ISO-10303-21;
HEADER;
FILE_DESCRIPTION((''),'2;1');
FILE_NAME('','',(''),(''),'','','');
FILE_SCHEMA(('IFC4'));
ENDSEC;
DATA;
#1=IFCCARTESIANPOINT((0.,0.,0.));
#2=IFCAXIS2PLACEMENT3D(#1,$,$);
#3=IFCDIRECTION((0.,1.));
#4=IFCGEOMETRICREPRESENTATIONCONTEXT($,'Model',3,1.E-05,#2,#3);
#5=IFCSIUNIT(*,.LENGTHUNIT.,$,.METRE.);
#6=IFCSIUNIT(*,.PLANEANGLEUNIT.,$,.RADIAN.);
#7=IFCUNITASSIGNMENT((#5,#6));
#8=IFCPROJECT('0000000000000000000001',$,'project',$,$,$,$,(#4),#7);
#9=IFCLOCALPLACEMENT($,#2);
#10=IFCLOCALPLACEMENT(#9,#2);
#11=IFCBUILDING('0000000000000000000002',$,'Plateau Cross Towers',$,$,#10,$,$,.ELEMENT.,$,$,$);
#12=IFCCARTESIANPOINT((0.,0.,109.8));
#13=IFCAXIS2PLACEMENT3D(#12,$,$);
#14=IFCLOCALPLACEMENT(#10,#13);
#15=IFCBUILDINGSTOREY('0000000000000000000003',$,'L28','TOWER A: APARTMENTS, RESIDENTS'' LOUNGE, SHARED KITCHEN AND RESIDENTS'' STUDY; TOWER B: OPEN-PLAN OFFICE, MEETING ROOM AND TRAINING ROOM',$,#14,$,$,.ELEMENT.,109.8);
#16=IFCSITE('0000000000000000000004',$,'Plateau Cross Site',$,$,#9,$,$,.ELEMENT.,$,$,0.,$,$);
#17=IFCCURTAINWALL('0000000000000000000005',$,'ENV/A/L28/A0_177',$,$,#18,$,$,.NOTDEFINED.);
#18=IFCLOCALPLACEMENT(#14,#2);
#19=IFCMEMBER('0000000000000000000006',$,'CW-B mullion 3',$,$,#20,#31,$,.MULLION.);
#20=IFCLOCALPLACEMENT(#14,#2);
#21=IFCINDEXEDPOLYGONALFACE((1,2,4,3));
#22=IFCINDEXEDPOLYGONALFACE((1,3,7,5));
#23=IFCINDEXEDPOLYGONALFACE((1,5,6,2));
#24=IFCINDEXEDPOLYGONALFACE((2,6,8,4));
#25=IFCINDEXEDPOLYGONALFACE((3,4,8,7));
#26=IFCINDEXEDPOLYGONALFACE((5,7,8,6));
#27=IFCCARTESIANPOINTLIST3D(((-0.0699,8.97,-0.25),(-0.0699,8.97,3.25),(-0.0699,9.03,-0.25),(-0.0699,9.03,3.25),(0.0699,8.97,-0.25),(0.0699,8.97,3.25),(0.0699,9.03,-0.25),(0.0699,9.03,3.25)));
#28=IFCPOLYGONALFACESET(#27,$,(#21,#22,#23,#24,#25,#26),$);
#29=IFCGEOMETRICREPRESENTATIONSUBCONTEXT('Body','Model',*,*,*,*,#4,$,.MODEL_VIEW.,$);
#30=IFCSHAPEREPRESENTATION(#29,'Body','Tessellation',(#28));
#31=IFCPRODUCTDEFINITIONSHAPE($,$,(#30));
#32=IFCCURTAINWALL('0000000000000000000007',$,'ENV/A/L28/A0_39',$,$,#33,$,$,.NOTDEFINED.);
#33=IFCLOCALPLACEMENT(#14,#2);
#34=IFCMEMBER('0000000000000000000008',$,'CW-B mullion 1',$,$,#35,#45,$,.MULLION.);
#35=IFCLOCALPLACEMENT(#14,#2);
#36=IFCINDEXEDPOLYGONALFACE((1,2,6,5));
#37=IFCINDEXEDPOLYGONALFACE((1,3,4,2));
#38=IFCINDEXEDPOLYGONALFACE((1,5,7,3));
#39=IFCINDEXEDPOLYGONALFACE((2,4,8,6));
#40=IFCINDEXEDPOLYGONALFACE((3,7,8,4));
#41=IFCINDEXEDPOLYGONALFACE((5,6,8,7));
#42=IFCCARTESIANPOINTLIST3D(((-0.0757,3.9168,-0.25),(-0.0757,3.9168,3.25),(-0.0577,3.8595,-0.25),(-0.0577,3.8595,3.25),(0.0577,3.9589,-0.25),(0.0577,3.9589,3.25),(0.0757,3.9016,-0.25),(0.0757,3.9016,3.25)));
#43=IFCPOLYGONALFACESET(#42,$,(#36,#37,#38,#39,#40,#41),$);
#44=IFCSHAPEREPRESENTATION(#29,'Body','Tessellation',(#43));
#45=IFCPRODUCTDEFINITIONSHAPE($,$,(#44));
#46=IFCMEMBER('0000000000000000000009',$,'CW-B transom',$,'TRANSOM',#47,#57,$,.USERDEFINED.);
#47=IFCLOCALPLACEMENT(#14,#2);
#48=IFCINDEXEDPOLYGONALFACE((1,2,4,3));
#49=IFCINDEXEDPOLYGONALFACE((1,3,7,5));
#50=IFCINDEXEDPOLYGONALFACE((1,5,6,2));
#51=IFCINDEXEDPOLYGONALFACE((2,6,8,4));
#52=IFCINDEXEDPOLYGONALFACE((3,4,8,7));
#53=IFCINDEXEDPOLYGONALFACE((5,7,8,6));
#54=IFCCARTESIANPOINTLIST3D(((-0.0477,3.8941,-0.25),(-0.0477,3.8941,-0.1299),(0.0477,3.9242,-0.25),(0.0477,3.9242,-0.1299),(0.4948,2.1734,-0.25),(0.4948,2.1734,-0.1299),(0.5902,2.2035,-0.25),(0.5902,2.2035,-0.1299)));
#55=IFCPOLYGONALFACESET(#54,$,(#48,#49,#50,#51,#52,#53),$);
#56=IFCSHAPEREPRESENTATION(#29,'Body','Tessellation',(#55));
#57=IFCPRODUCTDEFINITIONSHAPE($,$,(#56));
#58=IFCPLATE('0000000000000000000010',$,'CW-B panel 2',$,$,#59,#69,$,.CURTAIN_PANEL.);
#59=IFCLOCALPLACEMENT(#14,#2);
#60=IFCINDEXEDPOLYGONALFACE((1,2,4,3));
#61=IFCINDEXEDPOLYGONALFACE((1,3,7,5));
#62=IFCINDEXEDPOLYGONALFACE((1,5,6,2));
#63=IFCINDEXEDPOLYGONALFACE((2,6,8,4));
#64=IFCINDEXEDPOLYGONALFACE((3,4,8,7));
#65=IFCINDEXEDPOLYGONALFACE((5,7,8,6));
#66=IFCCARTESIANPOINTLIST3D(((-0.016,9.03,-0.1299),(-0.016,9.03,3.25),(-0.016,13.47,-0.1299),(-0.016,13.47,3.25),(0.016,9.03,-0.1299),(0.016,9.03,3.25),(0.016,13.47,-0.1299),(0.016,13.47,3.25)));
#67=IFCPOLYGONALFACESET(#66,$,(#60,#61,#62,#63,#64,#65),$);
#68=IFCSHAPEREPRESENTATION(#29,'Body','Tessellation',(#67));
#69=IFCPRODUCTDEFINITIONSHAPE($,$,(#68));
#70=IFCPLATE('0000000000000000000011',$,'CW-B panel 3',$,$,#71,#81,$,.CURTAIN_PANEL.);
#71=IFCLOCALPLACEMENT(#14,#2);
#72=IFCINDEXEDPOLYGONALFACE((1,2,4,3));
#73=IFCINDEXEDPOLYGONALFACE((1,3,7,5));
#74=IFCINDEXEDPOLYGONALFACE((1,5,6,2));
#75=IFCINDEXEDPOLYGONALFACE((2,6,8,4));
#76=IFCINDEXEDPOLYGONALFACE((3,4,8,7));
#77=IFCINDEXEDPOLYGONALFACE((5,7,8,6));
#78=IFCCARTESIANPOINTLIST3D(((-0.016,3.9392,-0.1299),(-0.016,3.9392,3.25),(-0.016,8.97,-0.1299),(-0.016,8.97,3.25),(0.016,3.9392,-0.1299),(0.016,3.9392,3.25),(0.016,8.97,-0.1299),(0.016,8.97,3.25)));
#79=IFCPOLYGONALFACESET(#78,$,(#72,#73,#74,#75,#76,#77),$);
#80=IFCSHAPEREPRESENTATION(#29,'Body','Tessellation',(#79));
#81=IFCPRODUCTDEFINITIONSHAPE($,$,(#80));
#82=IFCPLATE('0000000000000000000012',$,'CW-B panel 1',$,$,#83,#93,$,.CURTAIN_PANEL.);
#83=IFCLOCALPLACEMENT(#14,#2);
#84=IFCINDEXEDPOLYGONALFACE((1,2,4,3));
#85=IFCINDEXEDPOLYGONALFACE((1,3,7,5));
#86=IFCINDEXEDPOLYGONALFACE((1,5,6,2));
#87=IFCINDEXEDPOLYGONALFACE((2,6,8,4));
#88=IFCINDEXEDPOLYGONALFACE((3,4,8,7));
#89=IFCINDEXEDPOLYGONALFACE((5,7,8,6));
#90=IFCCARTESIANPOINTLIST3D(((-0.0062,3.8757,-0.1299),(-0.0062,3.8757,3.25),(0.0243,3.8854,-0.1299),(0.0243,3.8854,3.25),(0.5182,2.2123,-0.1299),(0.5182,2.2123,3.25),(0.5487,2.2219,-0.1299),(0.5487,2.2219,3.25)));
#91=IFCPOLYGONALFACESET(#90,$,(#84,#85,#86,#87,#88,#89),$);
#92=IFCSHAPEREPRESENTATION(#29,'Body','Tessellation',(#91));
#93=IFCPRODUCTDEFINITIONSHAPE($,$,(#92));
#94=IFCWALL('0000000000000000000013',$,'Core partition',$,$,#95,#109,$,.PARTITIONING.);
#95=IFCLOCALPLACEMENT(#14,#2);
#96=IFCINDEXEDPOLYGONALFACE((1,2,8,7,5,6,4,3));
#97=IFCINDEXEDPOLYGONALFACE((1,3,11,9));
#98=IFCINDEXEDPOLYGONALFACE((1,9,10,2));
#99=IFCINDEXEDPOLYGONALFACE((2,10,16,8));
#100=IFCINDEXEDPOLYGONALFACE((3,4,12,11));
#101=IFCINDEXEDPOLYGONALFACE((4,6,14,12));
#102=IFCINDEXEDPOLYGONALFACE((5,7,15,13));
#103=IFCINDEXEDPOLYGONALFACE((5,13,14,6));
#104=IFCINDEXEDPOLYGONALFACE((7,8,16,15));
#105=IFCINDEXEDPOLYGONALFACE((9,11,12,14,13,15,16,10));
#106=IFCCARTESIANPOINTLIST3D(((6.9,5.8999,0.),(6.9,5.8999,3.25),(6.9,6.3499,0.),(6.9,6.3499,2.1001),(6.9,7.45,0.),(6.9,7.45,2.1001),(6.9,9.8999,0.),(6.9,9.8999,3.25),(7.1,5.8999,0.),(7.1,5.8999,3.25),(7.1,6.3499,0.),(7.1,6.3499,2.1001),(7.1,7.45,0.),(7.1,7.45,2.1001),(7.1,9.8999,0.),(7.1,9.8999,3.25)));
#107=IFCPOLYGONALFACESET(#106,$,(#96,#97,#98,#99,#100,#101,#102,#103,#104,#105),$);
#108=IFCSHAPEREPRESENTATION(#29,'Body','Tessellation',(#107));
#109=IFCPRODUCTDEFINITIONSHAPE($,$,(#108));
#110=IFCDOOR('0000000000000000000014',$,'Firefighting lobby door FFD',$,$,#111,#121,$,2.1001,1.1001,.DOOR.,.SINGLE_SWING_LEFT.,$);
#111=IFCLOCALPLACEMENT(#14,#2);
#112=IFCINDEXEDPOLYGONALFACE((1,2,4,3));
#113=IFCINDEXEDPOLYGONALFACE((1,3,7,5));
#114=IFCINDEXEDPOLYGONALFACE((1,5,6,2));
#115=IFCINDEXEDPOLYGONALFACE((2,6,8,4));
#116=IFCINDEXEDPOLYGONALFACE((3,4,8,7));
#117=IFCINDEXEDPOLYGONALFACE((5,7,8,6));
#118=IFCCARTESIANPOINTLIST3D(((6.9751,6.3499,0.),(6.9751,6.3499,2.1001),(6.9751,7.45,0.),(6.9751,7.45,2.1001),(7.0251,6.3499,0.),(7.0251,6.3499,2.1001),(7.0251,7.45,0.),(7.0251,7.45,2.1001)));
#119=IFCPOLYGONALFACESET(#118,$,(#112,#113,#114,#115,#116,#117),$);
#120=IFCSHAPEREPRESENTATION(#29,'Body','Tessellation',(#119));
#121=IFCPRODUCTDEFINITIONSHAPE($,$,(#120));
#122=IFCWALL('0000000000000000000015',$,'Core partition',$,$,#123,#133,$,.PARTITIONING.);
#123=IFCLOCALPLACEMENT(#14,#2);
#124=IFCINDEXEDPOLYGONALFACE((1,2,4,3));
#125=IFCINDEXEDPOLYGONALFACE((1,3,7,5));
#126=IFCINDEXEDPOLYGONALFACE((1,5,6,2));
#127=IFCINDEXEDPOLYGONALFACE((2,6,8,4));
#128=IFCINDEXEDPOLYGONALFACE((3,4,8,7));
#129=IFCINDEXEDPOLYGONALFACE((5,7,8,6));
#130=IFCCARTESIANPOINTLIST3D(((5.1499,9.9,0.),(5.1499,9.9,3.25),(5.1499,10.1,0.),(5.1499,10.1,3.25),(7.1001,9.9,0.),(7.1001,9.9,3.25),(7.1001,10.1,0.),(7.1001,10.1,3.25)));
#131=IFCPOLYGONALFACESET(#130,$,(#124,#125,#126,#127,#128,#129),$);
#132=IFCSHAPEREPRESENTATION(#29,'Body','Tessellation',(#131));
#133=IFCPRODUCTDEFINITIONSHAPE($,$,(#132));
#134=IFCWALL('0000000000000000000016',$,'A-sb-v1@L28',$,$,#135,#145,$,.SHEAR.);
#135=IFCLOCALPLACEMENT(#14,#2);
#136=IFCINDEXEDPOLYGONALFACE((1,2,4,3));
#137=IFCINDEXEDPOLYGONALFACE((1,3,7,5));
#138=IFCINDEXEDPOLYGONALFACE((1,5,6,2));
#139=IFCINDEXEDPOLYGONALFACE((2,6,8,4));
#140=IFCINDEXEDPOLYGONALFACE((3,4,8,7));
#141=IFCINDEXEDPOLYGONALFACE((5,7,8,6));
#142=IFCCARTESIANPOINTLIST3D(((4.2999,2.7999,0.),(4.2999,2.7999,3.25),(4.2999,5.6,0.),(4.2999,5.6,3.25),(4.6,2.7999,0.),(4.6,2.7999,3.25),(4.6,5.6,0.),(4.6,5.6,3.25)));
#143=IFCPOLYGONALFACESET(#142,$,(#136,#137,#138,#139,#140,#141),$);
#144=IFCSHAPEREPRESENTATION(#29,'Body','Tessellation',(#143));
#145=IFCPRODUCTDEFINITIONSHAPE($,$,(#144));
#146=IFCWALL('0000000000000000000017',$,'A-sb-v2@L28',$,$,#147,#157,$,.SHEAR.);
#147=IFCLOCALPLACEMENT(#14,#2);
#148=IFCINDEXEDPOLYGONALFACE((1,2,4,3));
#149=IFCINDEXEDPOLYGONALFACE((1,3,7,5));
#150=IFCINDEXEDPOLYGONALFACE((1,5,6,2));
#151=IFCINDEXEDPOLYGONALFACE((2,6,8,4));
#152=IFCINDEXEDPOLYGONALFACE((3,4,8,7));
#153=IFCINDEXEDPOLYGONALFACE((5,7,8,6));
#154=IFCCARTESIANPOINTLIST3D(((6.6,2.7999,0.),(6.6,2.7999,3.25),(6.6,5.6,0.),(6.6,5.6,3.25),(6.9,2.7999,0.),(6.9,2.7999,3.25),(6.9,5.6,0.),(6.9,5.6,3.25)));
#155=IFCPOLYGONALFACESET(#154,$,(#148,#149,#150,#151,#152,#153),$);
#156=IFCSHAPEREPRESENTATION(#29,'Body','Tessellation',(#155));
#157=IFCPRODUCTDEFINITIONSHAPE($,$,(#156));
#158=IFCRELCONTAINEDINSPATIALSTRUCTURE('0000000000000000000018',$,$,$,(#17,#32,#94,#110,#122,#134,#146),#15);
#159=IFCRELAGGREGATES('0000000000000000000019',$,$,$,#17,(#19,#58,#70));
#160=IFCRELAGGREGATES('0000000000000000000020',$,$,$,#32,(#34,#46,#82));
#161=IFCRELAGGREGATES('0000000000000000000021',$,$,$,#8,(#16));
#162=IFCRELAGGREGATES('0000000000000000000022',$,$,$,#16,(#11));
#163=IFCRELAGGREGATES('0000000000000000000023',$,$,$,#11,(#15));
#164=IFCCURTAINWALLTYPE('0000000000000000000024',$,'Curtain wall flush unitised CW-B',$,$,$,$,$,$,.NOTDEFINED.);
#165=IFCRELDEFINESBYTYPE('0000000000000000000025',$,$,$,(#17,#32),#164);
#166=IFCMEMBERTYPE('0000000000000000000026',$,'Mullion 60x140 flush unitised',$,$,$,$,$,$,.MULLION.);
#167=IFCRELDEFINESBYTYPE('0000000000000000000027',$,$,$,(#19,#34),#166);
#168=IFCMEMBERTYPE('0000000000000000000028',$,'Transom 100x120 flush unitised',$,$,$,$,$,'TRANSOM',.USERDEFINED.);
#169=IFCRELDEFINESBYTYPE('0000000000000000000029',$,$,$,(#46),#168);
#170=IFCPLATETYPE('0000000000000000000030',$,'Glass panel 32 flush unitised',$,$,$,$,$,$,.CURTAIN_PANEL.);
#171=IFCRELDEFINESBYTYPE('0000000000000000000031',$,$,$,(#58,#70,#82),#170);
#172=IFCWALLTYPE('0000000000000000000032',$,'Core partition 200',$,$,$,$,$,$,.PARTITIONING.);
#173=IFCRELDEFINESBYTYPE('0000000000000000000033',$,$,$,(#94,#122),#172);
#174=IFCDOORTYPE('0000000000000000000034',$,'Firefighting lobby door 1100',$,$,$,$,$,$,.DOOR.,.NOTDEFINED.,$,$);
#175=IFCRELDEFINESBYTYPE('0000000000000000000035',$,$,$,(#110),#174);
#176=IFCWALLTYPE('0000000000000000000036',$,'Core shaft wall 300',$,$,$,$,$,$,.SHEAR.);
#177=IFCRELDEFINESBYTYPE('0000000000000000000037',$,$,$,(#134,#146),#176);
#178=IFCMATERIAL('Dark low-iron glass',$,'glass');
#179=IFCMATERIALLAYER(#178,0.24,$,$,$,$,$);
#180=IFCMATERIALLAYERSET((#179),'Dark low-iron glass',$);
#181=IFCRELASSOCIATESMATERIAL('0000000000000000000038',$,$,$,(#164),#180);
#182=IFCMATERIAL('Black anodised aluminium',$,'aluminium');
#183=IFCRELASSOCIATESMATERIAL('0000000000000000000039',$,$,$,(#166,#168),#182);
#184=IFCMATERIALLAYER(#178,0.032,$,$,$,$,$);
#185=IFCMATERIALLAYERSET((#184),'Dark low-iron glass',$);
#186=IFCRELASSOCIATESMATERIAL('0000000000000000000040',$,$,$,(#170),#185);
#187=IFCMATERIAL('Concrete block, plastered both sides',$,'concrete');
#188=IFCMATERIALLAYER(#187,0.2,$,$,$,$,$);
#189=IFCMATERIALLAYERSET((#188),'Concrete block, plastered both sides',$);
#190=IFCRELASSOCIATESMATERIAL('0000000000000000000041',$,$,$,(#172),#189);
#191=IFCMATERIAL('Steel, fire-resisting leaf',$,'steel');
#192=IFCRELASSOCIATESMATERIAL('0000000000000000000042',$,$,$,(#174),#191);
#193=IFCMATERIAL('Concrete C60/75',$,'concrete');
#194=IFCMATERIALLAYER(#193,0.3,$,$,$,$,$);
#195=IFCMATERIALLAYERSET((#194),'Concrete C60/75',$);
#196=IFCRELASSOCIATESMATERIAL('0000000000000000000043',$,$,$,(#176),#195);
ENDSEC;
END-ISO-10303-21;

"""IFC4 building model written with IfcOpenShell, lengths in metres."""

from ifc_helpers import new_model, si_unit, direction, frame, frame_2d, origin, origin_2d, place, context, subcontext, project, spatial, rectangle, extrude, material, layer, layer_set, material_profile, profile_set, type_object, element, fill, aggregate, save


model = new_model("IFC4")

# Units and contexts
model_context = context("Model", 3, precision=1e-05, world=origin(), true_north=direction((0.0, 1.0)))
body_context = subcontext(model_context, "Body", "Model", "MODEL_VIEW")
ifc_project = project(units=[si_unit("LENGTHUNIT", "METRE"), si_unit("PLANEANGLEUNIT", "RADIAN")], contexts=[model_context])

# Site, building, storey
site_placement = place(None, origin())
site = spatial("IfcSite", under=ifc_project, at=site_placement, Name="Plateau Cross Site", CompositionType="ELEMENT", RefElevation=0.0)
building_placement = place(site_placement, origin())
building = spatial("IfcBuilding", under=site, at=building_placement, Name="Plateau Cross Towers", CompositionType="ELEMENT")
storey_placement = place(building_placement, frame((0.0, 0.0, 109.8)))
storey = spatial("IfcBuildingStorey", under=building, at=storey_placement, Name="L28", Description="TOWER A: APARTMENTS, RESIDENTS' LOUNGE, SHARED KITCHEN AND RESIDENTS' STUDY; TOWER B: OPEN-PLAN OFFICE, MEETING ROOM AND TRAINING ROOM", CompositionType="ELEMENT", Elevation=109.8)

# Curtain wall, member
ifc_material_1 = material(Name="Dark low-iron glass", Category="glass")
ifc_layer_1 = layer(ifc_material_1, 0.24)
ifc_layer_set_1 = layer_set([ifc_layer_1], Name="Dark low-iron glass")
curtain_wall_type = type_object("IfcCurtainWallType", Name="Curtain wall flush unitised CW-B", PredefinedType="NOTDEFINED", material=ifc_layer_set_1)
curtain_wall_1_placement = place(storey_placement, origin())
curtain_wall_1 = element("IfcCurtainWall", 1, at=curtain_wall_1_placement, inside=storey, type_object=curtain_wall_type, Name="ENV/A/L28/A0_177", PredefinedType="NOTDEFINED")
ifc_material_2 = material(Name="Black anodised aluminium", Category="aluminium")
ifc_material_profile_1 = material_profile(ifc_material_2, rectangle(XDim=0.0601, YDim=0.1399, at=origin_2d()), Name="MULLION 60x140")
ifc_profile_set_1 = profile_set([ifc_material_profile_1], Name="Black anodised aluminium")
member_type_1 = type_object("IfcMemberType", Name="Mullion 60x140 flush unitised", PredefinedType="MULLION", material=ifc_profile_set_1)
member_1_placement = place(storey_placement, frame((0.0, 9.0, -0.25), z_axis=(0.0, 0.0, 1.0), x_axis=(0.0, -1.0, 0.0)))
member_1 = element("IfcMember", 2, at=member_1_placement, type_object=member_type_1, Name="CW-B mullion 3", PredefinedType="MULLION", context=body_context, shape_type="SweptSolid", body=[
    extrude(rectangle(XDim=0.0601, YDim=0.1399, at=origin_2d()), origin(), (0.0, 0.0, 1.0), 3.5),
])

# Curtain wall, members
curtain_wall_2_placement = place(storey_placement, origin())
curtain_wall_2 = element("IfcCurtainWall", 3, at=curtain_wall_2_placement, inside=storey, type_object=curtain_wall_type, Name="ENV/A/L28/A0_39", PredefinedType="NOTDEFINED")
member_2_placement = place(storey_placement, frame((0.0, 3.9092, -0.25), z_axis=(0.0, 0.0, 1.0), x_axis=(0.300686, -0.953723, 0.0)))
member_2 = element("IfcMember", 4, at=member_2_placement, type_object=member_type_1, Name="CW-B mullion 1", PredefinedType="MULLION", context=body_context, shape_type="SweptSolid", body=[
    extrude(rectangle(XDim=0.0601, YDim=0.1399, at=origin_2d()), origin(), (0.0, 0.0, 1.0), 3.5),
])
ifc_material_profile_2 = material_profile(ifc_material_2, rectangle(XDim=0.1001, YDim=0.1201, at=origin_2d()), Name="TRANSOM 100x120")
ifc_profile_set_2 = profile_set([ifc_material_profile_2], Name="Black anodised aluminium")
member_type_2 = type_object("IfcMemberType", Name="Transom 100x120 flush unitised", ElementType="TRANSOM", PredefinedType="USERDEFINED", material=ifc_profile_set_2)
member_3_placement = place(storey_placement, frame((0.0, 3.9092, -0.1899), z_axis=(0.300678, -0.953726, 0.0), x_axis=(0.953726, 0.300678, 0.0)))
member_3 = element("IfcMember", 5, at=member_3_placement, type_object=member_type_2, Name="CW-B transom", ObjectType="TRANSOM", PredefinedType="USERDEFINED", context=body_context, shape_type="SweptSolid", body=[
    extrude(rectangle(XDim=0.1001, YDim=0.1201, at=origin_2d()), origin(), (0.0, 0.0, 1.0), 1.8042),
])

# Plates
ifc_layer_2 = layer(ifc_material_1, 0.032)
ifc_layer_set_2 = layer_set([ifc_layer_2], Name="Dark low-iron glass")
plate_type = type_object("IfcPlateType", Name="Glass panel 32 flush unitised", PredefinedType="CURTAIN_PANEL", material=ifc_layer_set_2)
plate_1_placement = place(storey_placement, frame((0.0, 11.25, -0.1299), z_axis=(0.0, 0.0, 1.0), x_axis=(0.0, -1.0, 0.0)))
plate_1 = element("IfcPlate", 6, at=plate_1_placement, type_object=plate_type, Name="CW-B panel 2", PredefinedType="CURTAIN_PANEL", context=body_context, shape_type="SweptSolid", body=[
    extrude(rectangle(XDim=4.4399, YDim=0.032, at=origin_2d()), origin(), (0.0, 0.0, 1.0), 3.3799),
])
plate_2_placement = place(storey_placement, frame((0.0, 6.4546, -0.1299), z_axis=(0.0, 0.0, 1.0), x_axis=(0.0, -1.0, 0.0)))
plate_2 = element("IfcPlate", 7, at=plate_2_placement, type_object=plate_type, Name="CW-B panel 3", PredefinedType="CURTAIN_PANEL", context=body_context, shape_type="SweptSolid", body=[
    extrude(rectangle(XDim=5.0308, YDim=0.032, at=origin_2d()), origin(), (0.0, 0.0, 1.0), 3.3799),
])
aggregate(curtain_wall_1, [member_1, plate_1, plate_2])
plate_3_placement = place(storey_placement, frame((0.2712, 3.0488, -0.1299), z_axis=(0.0, 0.0, 1.0), x_axis=(0.300686, -0.953723, 0.0)))
plate_3 = element("IfcPlate", 8, at=plate_3_placement, type_object=plate_type, Name="CW-B panel 1", PredefinedType="CURTAIN_PANEL", context=body_context, shape_type="SweptSolid", body=[
    extrude(rectangle(XDim=1.7441, YDim=0.032, at=origin_2d()), origin(), (0.0, 0.0, 1.0), 3.3799),
])
aggregate(curtain_wall_2, [member_2, member_3, plate_3])

# Wall, opening, door
ifc_material_3 = material(Name="Concrete block, plastered both sides", Category="concrete")
ifc_layer_3 = layer(ifc_material_3, 0.2)
ifc_layer_set_3 = layer_set([ifc_layer_3], Name="Concrete block, plastered both sides")
wall_type_1 = type_object("IfcWallType", Name="Core partition 200", PredefinedType="PARTITIONING", material=ifc_layer_set_3)
wall_1_placement = place(storey_placement, frame((7.0, 5.8999, 0.0), z_axis=(0.0, 0.0, 1.0), x_axis=(0.0, 1.0, 0.0)))
wall_1 = element("IfcWall", 9, at=wall_1_placement, inside=storey, type_object=wall_type_1, Name="Core partition", PredefinedType="PARTITIONING", context=body_context, shape_type="SweptSolid", body=[
    extrude(rectangle(XDim=4.0, YDim=0.2, at=frame_2d((2.0, 0.0))), origin(), (0.0, 0.0, 1.0), 3.25),
])
opening_1_placement = place(wall_1_placement, frame((0.45, 0.0, 0.0)))
opening_1 = element("IfcOpeningElement", 10, at=opening_1_placement, cuts=wall_1, PredefinedType="OPENING", context=body_context, shape_type="SweptSolid", body=[
    extrude(rectangle(XDim=1.1001, YDim=2.1001, at=frame_2d((0.55, 1.05))), frame((0.0, 0.1099, 0.0), z_axis=(0.0, -1.0, 0.0), x_axis=(1.0, 0.0, 0.0)), (0.0, 0.0, 1.0), 0.22),
])
ifc_material_4 = material(Name="Steel, fire-resisting leaf", Category="steel")
door_type_1 = type_object("IfcDoorType", Name="Firefighting lobby door 1100", OperationType="NOTDEFINED", PredefinedType="DOOR", material=ifc_material_4)
door_1_placement = place(opening_1_placement, origin())
door_1 = element("IfcDoor", 11, at=door_1_placement, inside=storey, type_object=door_type_1, Name="Firefighting lobby door FFD", OperationType="SINGLE_SWING_LEFT", OverallHeight=2.1001, OverallWidth=1.1001, PredefinedType="DOOR", context=body_context, shape_type="SweptSolid", body=[
    extrude(rectangle(XDim=1.1001, YDim=2.1001, at=frame_2d((0.55, 1.05))), frame((0.0, 0.0249, 0.0), z_axis=(0.0, -1.0, 0.0), x_axis=(1.0, 0.0, 0.0)), (0.0, 0.0, 1.0), 0.05),
])
fill(opening_1, door_1)

# Walls
wall_2_placement = place(storey_placement, frame((5.1499, 10.0, 0.0), z_axis=(0.0, 0.0, 1.0), x_axis=(1.0, 0.0, 0.0)))
element("IfcWall", 12, at=wall_2_placement, inside=storey, type_object=wall_type_1, Name="Core partition", PredefinedType="PARTITIONING", context=body_context, shape_type="SweptSolid", body=[
    extrude(rectangle(XDim=1.9502, YDim=0.2, at=frame_2d((0.9751, 0.0))), origin(), (0.0, 0.0, 1.0), 3.25),
])
ifc_material_5 = material(Name="Concrete C60/75", Category="concrete")
ifc_layer_4 = layer(ifc_material_5, 0.3)
ifc_layer_set_4 = layer_set([ifc_layer_4], Name="Concrete C60/75")
wall_type_2 = type_object("IfcWallType", Name="Core shaft wall 300", PredefinedType="SHEAR", material=ifc_layer_set_4)
for number, where, z_axis, x_axis, name in (
    (13, (4.45, 2.8, 0.0), (0.0, 0.0, 1.0), (0.0, 1.0, 0.0), "A-sb-v1@L28"),
    (14, (6.75, 2.8, 0.0), (0.0, 0.0, 1.0), (0.0, 1.0, 0.0), "A-sb-v2@L28"),
):
    element("IfcWall", number, at=place(storey_placement, frame(where, z_axis=z_axis, x_axis=x_axis)), inside=storey, type_object=wall_type_2, Name=name, PredefinedType="SHEAR", context=body_context, shape_type="SweptSolid", body=[
        extrude(rectangle(XDim=2.8, YDim=0.3, at=frame_2d((1.3999, 0.0))), origin(), (0.0, 0.0, 1.0), 3.25),
    ])

save(model, "model.ifc")
